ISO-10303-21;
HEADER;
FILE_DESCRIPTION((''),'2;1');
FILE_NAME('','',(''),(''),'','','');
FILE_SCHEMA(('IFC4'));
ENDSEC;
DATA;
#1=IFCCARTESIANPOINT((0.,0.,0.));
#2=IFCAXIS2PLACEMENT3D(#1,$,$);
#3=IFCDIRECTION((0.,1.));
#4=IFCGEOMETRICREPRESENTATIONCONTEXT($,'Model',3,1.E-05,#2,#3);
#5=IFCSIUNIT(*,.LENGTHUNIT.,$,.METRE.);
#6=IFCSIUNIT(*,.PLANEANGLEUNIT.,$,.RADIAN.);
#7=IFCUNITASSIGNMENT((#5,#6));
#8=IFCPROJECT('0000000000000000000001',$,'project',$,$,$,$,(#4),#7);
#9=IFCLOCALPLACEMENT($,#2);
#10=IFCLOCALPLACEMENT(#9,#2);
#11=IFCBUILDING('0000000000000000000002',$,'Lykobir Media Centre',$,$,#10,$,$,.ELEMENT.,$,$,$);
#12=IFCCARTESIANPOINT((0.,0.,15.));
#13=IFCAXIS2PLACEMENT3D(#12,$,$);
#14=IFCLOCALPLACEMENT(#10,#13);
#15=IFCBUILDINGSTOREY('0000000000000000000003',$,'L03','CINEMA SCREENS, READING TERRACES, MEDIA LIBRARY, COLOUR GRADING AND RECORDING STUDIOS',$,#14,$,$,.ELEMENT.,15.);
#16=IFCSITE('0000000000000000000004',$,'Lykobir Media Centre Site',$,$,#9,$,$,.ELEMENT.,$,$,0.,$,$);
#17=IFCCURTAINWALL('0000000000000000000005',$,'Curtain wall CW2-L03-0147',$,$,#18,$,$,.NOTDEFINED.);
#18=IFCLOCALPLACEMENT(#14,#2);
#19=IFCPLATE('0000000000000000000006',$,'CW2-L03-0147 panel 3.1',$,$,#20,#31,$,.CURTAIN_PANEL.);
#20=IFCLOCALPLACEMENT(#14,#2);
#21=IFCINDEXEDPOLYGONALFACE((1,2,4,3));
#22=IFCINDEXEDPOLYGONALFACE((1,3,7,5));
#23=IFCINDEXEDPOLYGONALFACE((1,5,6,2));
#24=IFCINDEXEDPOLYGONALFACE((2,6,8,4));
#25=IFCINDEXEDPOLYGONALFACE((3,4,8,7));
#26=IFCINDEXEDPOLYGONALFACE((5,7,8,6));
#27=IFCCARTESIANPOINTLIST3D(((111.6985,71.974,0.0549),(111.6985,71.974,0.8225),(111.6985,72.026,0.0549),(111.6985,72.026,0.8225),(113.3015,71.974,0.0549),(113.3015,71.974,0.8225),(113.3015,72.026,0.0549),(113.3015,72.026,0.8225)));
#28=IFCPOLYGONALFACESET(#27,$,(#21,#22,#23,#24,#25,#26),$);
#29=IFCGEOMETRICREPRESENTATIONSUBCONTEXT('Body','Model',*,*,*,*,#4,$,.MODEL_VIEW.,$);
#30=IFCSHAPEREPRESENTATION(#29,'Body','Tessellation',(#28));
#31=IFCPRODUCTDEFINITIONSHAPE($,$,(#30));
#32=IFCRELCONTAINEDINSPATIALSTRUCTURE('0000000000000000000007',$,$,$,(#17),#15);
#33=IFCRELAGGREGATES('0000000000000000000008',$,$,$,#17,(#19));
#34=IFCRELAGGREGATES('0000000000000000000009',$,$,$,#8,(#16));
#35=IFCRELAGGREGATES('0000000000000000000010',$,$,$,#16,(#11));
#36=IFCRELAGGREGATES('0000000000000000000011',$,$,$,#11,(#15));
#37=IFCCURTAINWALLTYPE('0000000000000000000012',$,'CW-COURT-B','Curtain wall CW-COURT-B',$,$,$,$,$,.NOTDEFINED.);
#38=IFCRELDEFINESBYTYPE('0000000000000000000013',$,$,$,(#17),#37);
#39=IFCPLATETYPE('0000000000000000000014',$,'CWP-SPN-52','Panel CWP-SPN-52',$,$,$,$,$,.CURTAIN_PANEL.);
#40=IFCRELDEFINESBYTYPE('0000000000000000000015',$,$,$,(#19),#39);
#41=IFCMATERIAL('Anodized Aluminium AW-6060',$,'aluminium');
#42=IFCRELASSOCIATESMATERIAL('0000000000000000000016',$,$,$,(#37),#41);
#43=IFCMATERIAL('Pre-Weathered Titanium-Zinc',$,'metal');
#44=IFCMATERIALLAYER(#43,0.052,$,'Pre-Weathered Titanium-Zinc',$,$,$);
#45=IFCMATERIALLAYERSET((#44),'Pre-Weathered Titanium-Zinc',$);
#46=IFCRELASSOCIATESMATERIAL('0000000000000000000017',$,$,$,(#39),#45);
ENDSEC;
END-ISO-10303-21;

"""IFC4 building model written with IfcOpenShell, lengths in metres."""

from ifc_helpers import new_model, si_unit, direction, frame, origin, origin_2d, place, context, subcontext, project, spatial, rectangle, extrude, material, layer, layer_set, type_object, element, aggregate, save


model = new_model("IFC4")

# Units and contexts
model_context = context("Model", 3, precision=1e-05, world=origin(), true_north=direction((0.0, 1.0)))
body_context = subcontext(model_context, "Body", "Model", "MODEL_VIEW")
ifc_project = project(units=[si_unit("LENGTHUNIT", "METRE"), si_unit("PLANEANGLEUNIT", "RADIAN")], contexts=[model_context])

# Site, building, storey
site_placement = place(None, origin())
site = spatial("IfcSite", under=ifc_project, at=site_placement, Name="Lykobir Media Centre Site", CompositionType="ELEMENT", RefElevation=0.0)
building_placement = place(site_placement, origin())
building = spatial("IfcBuilding", under=site, at=building_placement, Name="Lykobir Media Centre", CompositionType="ELEMENT")
storey_placement = place(building_placement, frame((0.0, 0.0, 15.0)))
storey = spatial("IfcBuildingStorey", under=building, at=storey_placement, Name="L03", Description="CINEMA SCREENS, READING TERRACES, MEDIA LIBRARY, COLOUR GRADING AND RECORDING STUDIOS", CompositionType="ELEMENT", Elevation=15.0)

# Curtain wall
ifc_material_1 = material(Name="Anodized Aluminium AW-6060", Category="aluminium")
curtain_wall_type = type_object("IfcCurtainWallType", Name="CW-COURT-B", Description="Curtain wall CW-COURT-B", PredefinedType="NOTDEFINED", material=ifc_material_1)
curtain_wall_placement = place(storey_placement, origin())
curtain_wall = element("IfcCurtainWall", 1, at=curtain_wall_placement, inside=storey, type_object=curtain_wall_type, Name="Curtain wall CW2-L03-0147", PredefinedType="NOTDEFINED")

# Plate
ifc_material_2 = material(Name="Pre-Weathered Titanium-Zinc", Category="metal")
ifc_layer_1 = layer(ifc_material_2, 0.052, Name="Pre-Weathered Titanium-Zinc")
ifc_layer_set_1 = layer_set([ifc_layer_1], Name="Pre-Weathered Titanium-Zinc")
plate_type_1 = type_object("IfcPlateType", Name="CWP-SPN-52", Description="Panel CWP-SPN-52", PredefinedType="CURTAIN_PANEL", material=ifc_layer_set_1)
plate_1_placement = place(storey_placement, frame((112.5, 72.0, 0.0549), z_axis=(0.0, 0.0, 1.0), x_axis=(-1.0, 0.0, 0.0)))
plate_1 = element("IfcPlate", 2, at=plate_1_placement, type_object=plate_type_1, Name="CW2-L03-0147 panel 3.1", PredefinedType="CURTAIN_PANEL", context=body_context, shape_type="SweptSolid", body=[
    extrude(rectangle(XDim=1.603, YDim=0.052, at=origin_2d()), origin(), (0.0, 0.0, 1.0), 0.7676),
])
aggregate(curtain_wall, [plate_1])

save(model, "model.ifc")
